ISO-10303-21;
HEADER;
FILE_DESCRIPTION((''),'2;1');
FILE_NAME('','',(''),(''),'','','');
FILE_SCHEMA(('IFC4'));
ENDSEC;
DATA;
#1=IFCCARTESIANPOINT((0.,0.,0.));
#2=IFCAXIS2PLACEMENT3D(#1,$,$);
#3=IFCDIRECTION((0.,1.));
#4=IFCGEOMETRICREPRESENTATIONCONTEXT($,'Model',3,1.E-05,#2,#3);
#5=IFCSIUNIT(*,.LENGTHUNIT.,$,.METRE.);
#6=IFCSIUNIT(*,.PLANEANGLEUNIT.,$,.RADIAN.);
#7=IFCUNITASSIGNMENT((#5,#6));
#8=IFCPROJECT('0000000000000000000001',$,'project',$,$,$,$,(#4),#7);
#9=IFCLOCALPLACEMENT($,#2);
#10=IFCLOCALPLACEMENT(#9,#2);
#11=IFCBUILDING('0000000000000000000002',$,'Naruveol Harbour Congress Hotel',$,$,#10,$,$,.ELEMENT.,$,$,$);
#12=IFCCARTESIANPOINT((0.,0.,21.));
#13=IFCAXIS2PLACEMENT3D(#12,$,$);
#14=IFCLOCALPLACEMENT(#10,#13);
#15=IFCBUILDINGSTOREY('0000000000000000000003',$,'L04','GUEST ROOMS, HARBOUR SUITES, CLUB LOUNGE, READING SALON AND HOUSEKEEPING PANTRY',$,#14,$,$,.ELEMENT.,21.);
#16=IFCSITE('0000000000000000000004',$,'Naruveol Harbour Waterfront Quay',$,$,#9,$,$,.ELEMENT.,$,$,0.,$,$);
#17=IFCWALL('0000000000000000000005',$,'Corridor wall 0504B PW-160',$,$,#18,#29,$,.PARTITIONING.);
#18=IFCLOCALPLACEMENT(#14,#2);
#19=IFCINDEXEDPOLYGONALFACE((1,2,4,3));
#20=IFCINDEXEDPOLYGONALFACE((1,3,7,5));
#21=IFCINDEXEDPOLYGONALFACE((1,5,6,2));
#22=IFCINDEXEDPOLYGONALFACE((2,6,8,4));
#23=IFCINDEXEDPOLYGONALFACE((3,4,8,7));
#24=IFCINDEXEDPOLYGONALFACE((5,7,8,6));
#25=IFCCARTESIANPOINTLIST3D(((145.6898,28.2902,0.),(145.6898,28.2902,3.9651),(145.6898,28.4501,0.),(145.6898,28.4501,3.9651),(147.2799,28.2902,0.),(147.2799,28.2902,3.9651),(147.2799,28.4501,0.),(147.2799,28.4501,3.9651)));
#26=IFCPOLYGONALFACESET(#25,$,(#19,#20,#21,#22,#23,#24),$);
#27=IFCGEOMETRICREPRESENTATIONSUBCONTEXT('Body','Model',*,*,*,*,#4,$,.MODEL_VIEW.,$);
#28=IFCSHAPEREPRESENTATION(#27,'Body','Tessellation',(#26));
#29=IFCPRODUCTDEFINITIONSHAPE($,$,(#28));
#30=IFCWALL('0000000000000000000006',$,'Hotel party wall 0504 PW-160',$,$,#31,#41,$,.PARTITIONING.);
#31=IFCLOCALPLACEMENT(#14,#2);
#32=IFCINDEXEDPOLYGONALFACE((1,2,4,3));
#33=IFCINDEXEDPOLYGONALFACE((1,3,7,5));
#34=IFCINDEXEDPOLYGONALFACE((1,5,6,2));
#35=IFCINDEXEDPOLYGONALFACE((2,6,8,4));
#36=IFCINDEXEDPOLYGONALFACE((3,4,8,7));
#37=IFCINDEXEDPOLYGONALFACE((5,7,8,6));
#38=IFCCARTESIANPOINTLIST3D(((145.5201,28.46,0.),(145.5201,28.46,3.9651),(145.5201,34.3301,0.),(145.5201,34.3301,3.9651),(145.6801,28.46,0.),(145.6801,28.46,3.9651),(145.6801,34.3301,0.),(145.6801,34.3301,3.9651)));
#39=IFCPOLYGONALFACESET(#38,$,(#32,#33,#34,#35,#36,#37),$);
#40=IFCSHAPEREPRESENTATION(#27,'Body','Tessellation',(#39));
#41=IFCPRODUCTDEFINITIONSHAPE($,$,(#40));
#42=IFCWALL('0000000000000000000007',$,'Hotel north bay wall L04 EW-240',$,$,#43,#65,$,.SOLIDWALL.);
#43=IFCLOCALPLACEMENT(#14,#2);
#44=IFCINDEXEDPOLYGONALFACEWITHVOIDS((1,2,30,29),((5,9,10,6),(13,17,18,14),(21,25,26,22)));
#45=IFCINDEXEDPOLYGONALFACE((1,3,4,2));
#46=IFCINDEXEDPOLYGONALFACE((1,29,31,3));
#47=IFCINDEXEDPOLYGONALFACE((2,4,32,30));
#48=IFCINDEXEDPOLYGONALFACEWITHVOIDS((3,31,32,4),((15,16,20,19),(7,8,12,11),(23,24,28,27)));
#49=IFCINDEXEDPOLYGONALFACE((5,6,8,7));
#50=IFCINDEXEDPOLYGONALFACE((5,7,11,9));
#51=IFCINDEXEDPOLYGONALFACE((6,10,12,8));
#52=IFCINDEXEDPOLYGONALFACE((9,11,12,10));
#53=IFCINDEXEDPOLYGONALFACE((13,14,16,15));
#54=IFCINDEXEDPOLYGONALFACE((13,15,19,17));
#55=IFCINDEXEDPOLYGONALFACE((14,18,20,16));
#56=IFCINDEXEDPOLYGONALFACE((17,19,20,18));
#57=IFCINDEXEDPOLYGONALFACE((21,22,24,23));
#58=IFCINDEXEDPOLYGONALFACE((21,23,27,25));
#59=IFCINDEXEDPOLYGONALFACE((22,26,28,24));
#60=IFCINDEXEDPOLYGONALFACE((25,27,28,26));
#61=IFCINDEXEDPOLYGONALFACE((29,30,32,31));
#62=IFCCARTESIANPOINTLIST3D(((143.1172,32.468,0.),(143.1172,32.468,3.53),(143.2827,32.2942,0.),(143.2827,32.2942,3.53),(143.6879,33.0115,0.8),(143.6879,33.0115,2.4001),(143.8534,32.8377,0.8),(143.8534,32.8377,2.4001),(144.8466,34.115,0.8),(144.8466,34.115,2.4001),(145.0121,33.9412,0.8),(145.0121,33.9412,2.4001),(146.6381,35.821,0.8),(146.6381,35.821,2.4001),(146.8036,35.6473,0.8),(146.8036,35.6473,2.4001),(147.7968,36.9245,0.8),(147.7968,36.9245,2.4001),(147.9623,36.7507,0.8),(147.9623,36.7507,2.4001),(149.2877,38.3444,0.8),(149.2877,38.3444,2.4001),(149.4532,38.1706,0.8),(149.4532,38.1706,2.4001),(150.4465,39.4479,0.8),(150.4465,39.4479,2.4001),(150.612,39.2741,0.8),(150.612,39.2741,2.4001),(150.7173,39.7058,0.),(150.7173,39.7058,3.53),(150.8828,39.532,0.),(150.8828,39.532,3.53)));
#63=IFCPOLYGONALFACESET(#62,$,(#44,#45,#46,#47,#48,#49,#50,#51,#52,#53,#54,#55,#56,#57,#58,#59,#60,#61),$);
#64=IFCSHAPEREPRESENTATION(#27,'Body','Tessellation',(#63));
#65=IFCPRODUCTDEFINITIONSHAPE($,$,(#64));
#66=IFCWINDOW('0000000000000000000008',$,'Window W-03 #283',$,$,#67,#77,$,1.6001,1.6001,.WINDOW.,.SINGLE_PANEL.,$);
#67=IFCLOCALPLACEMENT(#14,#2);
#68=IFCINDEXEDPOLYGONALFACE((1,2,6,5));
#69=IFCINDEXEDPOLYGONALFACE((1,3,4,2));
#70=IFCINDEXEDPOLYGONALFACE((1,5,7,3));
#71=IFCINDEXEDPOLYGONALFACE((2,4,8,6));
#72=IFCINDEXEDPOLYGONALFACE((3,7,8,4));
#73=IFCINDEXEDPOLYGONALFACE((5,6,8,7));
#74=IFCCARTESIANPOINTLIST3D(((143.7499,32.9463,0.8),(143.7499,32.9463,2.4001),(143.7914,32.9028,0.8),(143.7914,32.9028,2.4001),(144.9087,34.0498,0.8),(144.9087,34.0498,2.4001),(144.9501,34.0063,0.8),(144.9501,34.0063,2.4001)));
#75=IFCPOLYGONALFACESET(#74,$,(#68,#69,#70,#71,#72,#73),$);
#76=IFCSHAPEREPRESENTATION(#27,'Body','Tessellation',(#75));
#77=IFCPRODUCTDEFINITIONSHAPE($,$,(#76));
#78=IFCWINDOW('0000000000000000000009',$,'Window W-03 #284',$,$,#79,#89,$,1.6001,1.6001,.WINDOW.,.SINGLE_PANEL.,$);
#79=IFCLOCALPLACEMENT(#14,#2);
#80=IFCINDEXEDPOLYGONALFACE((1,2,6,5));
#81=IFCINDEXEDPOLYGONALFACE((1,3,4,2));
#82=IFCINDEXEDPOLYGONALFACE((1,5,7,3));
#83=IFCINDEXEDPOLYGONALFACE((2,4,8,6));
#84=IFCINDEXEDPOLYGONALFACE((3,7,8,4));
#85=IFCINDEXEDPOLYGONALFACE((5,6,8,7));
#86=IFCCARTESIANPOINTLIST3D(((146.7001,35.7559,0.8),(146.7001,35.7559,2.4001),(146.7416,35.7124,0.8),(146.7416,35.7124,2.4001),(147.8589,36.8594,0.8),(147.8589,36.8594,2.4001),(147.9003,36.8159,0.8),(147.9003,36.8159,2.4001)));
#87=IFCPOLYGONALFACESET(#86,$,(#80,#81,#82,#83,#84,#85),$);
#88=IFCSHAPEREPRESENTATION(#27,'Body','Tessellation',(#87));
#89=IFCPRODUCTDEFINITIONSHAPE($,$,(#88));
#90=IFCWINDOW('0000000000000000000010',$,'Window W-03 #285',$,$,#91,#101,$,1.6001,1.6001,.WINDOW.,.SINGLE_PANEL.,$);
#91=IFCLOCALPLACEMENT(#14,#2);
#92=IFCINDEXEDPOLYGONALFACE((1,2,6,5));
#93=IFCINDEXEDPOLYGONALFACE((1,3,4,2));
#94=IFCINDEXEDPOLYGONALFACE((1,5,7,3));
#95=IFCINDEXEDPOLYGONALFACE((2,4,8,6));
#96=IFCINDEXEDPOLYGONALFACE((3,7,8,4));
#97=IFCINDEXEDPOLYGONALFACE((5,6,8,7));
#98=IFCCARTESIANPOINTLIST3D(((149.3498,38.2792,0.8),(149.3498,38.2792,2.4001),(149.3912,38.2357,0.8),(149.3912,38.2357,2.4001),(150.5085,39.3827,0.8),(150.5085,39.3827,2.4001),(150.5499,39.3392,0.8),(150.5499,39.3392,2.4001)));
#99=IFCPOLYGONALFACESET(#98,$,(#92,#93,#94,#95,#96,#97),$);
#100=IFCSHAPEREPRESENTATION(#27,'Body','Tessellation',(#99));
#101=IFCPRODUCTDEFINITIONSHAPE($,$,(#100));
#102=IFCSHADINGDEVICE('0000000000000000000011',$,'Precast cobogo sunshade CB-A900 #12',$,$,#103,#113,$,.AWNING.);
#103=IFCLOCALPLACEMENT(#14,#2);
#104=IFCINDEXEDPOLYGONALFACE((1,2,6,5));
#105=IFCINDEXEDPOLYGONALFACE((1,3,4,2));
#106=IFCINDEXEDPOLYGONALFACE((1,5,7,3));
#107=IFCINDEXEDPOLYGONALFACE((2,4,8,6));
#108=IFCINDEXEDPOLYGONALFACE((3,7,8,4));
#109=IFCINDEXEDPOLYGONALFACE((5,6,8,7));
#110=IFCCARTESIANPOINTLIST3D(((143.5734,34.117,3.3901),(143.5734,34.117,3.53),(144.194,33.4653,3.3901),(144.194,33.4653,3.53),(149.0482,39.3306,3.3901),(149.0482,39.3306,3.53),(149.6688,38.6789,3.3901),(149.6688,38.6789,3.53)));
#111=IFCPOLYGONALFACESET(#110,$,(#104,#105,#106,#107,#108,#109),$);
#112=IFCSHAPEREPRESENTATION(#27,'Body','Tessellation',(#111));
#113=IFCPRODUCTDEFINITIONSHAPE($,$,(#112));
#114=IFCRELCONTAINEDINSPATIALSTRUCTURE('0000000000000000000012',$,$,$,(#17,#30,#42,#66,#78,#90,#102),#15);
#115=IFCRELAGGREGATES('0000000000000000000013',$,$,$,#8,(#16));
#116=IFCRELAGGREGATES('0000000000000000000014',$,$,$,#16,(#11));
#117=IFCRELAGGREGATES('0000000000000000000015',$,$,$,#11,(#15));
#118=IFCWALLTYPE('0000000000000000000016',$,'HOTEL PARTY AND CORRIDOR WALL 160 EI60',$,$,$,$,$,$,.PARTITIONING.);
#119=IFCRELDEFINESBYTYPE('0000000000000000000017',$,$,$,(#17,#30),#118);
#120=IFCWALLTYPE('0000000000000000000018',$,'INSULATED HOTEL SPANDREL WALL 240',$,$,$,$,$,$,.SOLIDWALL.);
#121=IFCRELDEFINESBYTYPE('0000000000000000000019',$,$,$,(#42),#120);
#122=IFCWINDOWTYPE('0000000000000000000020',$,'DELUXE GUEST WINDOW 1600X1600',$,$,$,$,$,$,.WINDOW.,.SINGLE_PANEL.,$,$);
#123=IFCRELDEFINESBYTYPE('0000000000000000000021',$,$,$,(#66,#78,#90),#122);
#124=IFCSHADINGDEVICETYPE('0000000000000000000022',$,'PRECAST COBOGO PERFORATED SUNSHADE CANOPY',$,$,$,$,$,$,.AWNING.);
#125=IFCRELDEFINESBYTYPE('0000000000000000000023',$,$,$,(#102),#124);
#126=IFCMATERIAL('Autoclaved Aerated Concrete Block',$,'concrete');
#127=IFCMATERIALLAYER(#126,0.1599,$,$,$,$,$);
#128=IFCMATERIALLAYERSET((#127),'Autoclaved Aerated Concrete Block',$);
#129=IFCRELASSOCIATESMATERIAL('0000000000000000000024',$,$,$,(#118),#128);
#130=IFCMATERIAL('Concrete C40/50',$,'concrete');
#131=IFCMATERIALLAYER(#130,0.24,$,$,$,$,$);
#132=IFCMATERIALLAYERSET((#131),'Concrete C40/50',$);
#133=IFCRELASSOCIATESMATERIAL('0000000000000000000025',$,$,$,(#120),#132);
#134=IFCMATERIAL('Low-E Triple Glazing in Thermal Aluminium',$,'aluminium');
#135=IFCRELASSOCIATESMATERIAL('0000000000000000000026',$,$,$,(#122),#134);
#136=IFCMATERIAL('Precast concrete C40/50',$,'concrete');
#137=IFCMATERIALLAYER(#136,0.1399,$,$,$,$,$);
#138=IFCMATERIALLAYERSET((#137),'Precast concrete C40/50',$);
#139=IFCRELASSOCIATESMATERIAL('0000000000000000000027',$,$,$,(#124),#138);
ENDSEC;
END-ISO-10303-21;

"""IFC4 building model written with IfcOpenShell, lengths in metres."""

from ifc_helpers import new_model, si_unit, direction, frame, frame_2d, origin, origin_2d, place, context, subcontext, project, spatial, rectangle, extrude, material, layer, layer_set, type_object, element, fill, save


model = new_model("IFC4")

# Units and contexts
model_context = context("Model", 3, precision=1e-05, world=origin(), true_north=direction((0.0, 1.0)))
body_context = subcontext(model_context, "Body", "Model", "MODEL_VIEW")
ifc_project = project(units=[si_unit("LENGTHUNIT", "METRE"), si_unit("PLANEANGLEUNIT", "RADIAN")], contexts=[model_context])

# Site, building, storey
site_placement = place(None, origin())
site = spatial("IfcSite", under=ifc_project, at=site_placement, Name="Naruveol Harbour Waterfront Quay", CompositionType="ELEMENT", RefElevation=0.0)
building_placement = place(site_placement, origin())
building = spatial("IfcBuilding", under=site, at=building_placement, Name="Naruveol Harbour Congress Hotel", CompositionType="ELEMENT")
storey_placement = place(building_placement, frame((0.0, 0.0, 21.0)))
storey = spatial("IfcBuildingStorey", under=building, at=storey_placement, Name="L04", Description="GUEST ROOMS, HARBOUR SUITES, CLUB LOUNGE, READING SALON AND HOUSEKEEPING PANTRY", CompositionType="ELEMENT", Elevation=21.0)

# Shared definitions
ifc_material_1 = material(Name="Autoclaved Aerated Concrete Block", Category="concrete")
ifc_layer_1 = layer(ifc_material_1, 0.1599)
ifc_layer_set_1 = layer_set([ifc_layer_1], Name="Autoclaved Aerated Concrete Block")
wall_type_1 = type_object("IfcWallType", Name="HOTEL PARTY AND CORRIDOR WALL 160 EI60", PredefinedType="PARTITIONING", material=ifc_layer_set_1)

# Walls
wall_1_placement = place(storey_placement, frame((145.6899, 28.3701, 0.0), z_axis=(0.0, 0.0, 1.0), x_axis=(1.0, 0.0, 0.0)))
element("IfcWall", 1, at=wall_1_placement, inside=storey, type_object=wall_type_1, Name="Corridor wall 0504B PW-160", PredefinedType="PARTITIONING", context=body_context, shape_type="SweptSolid", body=[
    extrude(rectangle(XDim=1.5901, YDim=0.1599, at=frame_2d((0.7949, 0.0))), origin(), (0.0, 0.0, 1.0), 3.9651),
])
wall_2_placement = place(storey_placement, frame((145.6001, 28.46, 0.0), z_axis=(0.0, 0.0, 1.0), x_axis=(0.0, 1.0, 0.0)))
element("IfcWall", 2, at=wall_2_placement, inside=storey, type_object=wall_type_1, Name="Hotel party wall 0504 PW-160", PredefinedType="PARTITIONING", context=body_context, shape_type="SweptSolid", body=[
    extrude(rectangle(XDim=5.8701, YDim=0.1599, at=frame_2d((2.9351, 0.0))), origin(), (0.0, 0.0, 1.0), 3.9651),
])

# Wall, openings, windows
ifc_material_2 = material(Name="Concrete C40/50", Category="concrete")
ifc_layer_2 = layer(ifc_material_2, 0.24)
ifc_layer_set_2 = layer_set([ifc_layer_2], Name="Concrete C40/50")
wall_type_2 = type_object("IfcWallType", Name="INSULATED HOTEL SPANDREL WALL 240", PredefinedType="SOLIDWALL", material=ifc_layer_set_2)
wall_3_placement = place(storey_placement, frame((143.2, 32.3811, 0.0), z_axis=(0.0, 0.0, 1.0), x_axis=(0.724157, 0.689635, 0.0)))
wall_3 = element("IfcWall", 3, at=wall_3_placement, inside=storey, type_object=wall_type_2, Name="Hotel north bay wall L04 EW-240", PredefinedType="SOLIDWALL", context=body_context, shape_type="SweptSolid", body=[
    extrude(rectangle(XDim=10.4951, YDim=0.24, at=frame_2d((5.2476, 0.0))), origin(), (0.0, 0.0, 1.0), 3.53),
])
opening_1_placement = place(wall_3_placement, frame((0.7881, 0.0, 0.8)))
opening_1 = element("IfcOpeningElement", 4, at=opening_1_placement, cuts=wall_3, PredefinedType="OPENING", context=body_context, shape_type="SweptSolid", body=[
    extrude(rectangle(XDim=1.6001, YDim=1.6001, at=frame_2d((0.8, 0.8))), frame((0.0, 0.1299, 0.0), z_axis=(0.0, -1.0, 0.0), x_axis=(1.0, 0.0, 0.0)), (0.0, 0.0, 1.0), 0.26),
])
opening_2_placement = place(wall_3_placement, frame((4.8621, 0.0, 0.8)))
opening_2 = element("IfcOpeningElement", 5, at=opening_2_placement, cuts=wall_3, PredefinedType="OPENING", context=body_context, shape_type="SweptSolid", body=[
    extrude(rectangle(XDim=1.6001, YDim=1.6001, at=frame_2d((0.8, 0.8))), frame((0.0, 0.1299, 0.0), z_axis=(0.0, -1.0, 0.0), x_axis=(1.0, 0.0, 0.0)), (0.0, 0.0, 1.0), 0.26),
])
opening_3_placement = place(wall_3_placement, frame((8.521, 0.0, 0.8)))
opening_3 = element("IfcOpeningElement", 6, at=opening_3_placement, cuts=wall_3, PredefinedType="OPENING", context=body_context, shape_type="SweptSolid", body=[
    extrude(rectangle(XDim=1.6001, YDim=1.6001, at=frame_2d((0.8, 0.8))), frame((0.0, 0.1299, 0.0), z_axis=(0.0, -1.0, 0.0), x_axis=(1.0, 0.0, 0.0)), (0.0, 0.0, 1.0), 0.26),
])
ifc_material_3 = material(Name="Low-E Triple Glazing in Thermal Aluminium", Category="aluminium")
window_type = type_object("IfcWindowType", Name="DELUXE GUEST WINDOW 1600X1600", PartitioningType="SINGLE_PANEL", PredefinedType="WINDOW", material=ifc_material_3)
window_1_placement = place(opening_1_placement, origin())
window_1 = element("IfcWindow", 7, at=window_1_placement, inside=storey, type_object=window_type, Name="Window W-03 #283", OverallHeight=1.6001, OverallWidth=1.6001, PartitioningType="SINGLE_PANEL", PredefinedType="WINDOW", context=body_context, shape_type="SweptSolid", body=[
    extrude(rectangle(XDim=1.6001, YDim=1.6001, at=frame_2d((0.8, 0.8))), frame((0.0, 0.03, 0.0), z_axis=(0.0, -1.0, 0.0), x_axis=(1.0, 0.0, 0.0)), (0.0, 0.0, 1.0), 0.0601),
])
fill(opening_1, window_1)
window_2_placement = place(opening_2_placement, origin())
window_2 = element("IfcWindow", 8, at=window_2_placement, inside=storey, type_object=window_type, Name="Window W-03 #284", OverallHeight=1.6001, OverallWidth=1.6001, PartitioningType="SINGLE_PANEL", PredefinedType="WINDOW", context=body_context, shape_type="SweptSolid", body=[
    extrude(rectangle(XDim=1.6001, YDim=1.6001, at=frame_2d((0.8, 0.8))), frame((0.0, 0.03, 0.0), z_axis=(0.0, -1.0, 0.0), x_axis=(1.0, 0.0, 0.0)), (0.0, 0.0, 1.0), 0.0601),
])
fill(opening_2, window_2)
window_3_placement = place(opening_3_placement, origin())
window_3 = element("IfcWindow", 9, at=window_3_placement, inside=storey, type_object=window_type, Name="Window W-03 #285", OverallHeight=1.6001, OverallWidth=1.6001, PartitioningType="SINGLE_PANEL", PredefinedType="WINDOW", context=body_context, shape_type="SweptSolid", body=[
    extrude(rectangle(XDim=1.6001, YDim=1.6001, at=frame_2d((0.8, 0.8))), frame((0.0, 0.03, 0.0), z_axis=(0.0, -1.0, 0.0), x_axis=(1.0, 0.0, 0.0)), (0.0, 0.0, 1.0), 0.0601),
])
fill(opening_3, window_3)

# Shading device
ifc_material_4 = material(Name="Precast concrete C40/50", Category="concrete")
ifc_layer_3 = layer(ifc_material_4, 0.1399)
ifc_layer_set_3 = layer_set([ifc_layer_3], Name="Precast concrete C40/50")
shading_device_type = type_object("IfcShadingDeviceType", Name="PRECAST COBOGO PERFORATED SUNSHADE CANOPY", PredefinedType="AWNING", material=ifc_layer_set_3)
shading_device_placement = place(storey_placement, frame((146.6211, 36.3979, 3.3901), z_axis=(0.0, 0.0, 1.0), x_axis=(0.724172, 0.68962, 0.0)))
element("IfcShadingDevice", 10, at=shading_device_placement, inside=storey, type_object=shading_device_type, Name="Precast cobogo sunshade CB-A900 #12", PredefinedType="AWNING", context=body_context, shape_type="SweptSolid", body=[
    extrude(rectangle(XDim=7.5601, YDim=0.8999, at=origin_2d()), origin(), (0.0, 0.0, 1.0), 0.1399),
])

save(model, "model.ifc")
